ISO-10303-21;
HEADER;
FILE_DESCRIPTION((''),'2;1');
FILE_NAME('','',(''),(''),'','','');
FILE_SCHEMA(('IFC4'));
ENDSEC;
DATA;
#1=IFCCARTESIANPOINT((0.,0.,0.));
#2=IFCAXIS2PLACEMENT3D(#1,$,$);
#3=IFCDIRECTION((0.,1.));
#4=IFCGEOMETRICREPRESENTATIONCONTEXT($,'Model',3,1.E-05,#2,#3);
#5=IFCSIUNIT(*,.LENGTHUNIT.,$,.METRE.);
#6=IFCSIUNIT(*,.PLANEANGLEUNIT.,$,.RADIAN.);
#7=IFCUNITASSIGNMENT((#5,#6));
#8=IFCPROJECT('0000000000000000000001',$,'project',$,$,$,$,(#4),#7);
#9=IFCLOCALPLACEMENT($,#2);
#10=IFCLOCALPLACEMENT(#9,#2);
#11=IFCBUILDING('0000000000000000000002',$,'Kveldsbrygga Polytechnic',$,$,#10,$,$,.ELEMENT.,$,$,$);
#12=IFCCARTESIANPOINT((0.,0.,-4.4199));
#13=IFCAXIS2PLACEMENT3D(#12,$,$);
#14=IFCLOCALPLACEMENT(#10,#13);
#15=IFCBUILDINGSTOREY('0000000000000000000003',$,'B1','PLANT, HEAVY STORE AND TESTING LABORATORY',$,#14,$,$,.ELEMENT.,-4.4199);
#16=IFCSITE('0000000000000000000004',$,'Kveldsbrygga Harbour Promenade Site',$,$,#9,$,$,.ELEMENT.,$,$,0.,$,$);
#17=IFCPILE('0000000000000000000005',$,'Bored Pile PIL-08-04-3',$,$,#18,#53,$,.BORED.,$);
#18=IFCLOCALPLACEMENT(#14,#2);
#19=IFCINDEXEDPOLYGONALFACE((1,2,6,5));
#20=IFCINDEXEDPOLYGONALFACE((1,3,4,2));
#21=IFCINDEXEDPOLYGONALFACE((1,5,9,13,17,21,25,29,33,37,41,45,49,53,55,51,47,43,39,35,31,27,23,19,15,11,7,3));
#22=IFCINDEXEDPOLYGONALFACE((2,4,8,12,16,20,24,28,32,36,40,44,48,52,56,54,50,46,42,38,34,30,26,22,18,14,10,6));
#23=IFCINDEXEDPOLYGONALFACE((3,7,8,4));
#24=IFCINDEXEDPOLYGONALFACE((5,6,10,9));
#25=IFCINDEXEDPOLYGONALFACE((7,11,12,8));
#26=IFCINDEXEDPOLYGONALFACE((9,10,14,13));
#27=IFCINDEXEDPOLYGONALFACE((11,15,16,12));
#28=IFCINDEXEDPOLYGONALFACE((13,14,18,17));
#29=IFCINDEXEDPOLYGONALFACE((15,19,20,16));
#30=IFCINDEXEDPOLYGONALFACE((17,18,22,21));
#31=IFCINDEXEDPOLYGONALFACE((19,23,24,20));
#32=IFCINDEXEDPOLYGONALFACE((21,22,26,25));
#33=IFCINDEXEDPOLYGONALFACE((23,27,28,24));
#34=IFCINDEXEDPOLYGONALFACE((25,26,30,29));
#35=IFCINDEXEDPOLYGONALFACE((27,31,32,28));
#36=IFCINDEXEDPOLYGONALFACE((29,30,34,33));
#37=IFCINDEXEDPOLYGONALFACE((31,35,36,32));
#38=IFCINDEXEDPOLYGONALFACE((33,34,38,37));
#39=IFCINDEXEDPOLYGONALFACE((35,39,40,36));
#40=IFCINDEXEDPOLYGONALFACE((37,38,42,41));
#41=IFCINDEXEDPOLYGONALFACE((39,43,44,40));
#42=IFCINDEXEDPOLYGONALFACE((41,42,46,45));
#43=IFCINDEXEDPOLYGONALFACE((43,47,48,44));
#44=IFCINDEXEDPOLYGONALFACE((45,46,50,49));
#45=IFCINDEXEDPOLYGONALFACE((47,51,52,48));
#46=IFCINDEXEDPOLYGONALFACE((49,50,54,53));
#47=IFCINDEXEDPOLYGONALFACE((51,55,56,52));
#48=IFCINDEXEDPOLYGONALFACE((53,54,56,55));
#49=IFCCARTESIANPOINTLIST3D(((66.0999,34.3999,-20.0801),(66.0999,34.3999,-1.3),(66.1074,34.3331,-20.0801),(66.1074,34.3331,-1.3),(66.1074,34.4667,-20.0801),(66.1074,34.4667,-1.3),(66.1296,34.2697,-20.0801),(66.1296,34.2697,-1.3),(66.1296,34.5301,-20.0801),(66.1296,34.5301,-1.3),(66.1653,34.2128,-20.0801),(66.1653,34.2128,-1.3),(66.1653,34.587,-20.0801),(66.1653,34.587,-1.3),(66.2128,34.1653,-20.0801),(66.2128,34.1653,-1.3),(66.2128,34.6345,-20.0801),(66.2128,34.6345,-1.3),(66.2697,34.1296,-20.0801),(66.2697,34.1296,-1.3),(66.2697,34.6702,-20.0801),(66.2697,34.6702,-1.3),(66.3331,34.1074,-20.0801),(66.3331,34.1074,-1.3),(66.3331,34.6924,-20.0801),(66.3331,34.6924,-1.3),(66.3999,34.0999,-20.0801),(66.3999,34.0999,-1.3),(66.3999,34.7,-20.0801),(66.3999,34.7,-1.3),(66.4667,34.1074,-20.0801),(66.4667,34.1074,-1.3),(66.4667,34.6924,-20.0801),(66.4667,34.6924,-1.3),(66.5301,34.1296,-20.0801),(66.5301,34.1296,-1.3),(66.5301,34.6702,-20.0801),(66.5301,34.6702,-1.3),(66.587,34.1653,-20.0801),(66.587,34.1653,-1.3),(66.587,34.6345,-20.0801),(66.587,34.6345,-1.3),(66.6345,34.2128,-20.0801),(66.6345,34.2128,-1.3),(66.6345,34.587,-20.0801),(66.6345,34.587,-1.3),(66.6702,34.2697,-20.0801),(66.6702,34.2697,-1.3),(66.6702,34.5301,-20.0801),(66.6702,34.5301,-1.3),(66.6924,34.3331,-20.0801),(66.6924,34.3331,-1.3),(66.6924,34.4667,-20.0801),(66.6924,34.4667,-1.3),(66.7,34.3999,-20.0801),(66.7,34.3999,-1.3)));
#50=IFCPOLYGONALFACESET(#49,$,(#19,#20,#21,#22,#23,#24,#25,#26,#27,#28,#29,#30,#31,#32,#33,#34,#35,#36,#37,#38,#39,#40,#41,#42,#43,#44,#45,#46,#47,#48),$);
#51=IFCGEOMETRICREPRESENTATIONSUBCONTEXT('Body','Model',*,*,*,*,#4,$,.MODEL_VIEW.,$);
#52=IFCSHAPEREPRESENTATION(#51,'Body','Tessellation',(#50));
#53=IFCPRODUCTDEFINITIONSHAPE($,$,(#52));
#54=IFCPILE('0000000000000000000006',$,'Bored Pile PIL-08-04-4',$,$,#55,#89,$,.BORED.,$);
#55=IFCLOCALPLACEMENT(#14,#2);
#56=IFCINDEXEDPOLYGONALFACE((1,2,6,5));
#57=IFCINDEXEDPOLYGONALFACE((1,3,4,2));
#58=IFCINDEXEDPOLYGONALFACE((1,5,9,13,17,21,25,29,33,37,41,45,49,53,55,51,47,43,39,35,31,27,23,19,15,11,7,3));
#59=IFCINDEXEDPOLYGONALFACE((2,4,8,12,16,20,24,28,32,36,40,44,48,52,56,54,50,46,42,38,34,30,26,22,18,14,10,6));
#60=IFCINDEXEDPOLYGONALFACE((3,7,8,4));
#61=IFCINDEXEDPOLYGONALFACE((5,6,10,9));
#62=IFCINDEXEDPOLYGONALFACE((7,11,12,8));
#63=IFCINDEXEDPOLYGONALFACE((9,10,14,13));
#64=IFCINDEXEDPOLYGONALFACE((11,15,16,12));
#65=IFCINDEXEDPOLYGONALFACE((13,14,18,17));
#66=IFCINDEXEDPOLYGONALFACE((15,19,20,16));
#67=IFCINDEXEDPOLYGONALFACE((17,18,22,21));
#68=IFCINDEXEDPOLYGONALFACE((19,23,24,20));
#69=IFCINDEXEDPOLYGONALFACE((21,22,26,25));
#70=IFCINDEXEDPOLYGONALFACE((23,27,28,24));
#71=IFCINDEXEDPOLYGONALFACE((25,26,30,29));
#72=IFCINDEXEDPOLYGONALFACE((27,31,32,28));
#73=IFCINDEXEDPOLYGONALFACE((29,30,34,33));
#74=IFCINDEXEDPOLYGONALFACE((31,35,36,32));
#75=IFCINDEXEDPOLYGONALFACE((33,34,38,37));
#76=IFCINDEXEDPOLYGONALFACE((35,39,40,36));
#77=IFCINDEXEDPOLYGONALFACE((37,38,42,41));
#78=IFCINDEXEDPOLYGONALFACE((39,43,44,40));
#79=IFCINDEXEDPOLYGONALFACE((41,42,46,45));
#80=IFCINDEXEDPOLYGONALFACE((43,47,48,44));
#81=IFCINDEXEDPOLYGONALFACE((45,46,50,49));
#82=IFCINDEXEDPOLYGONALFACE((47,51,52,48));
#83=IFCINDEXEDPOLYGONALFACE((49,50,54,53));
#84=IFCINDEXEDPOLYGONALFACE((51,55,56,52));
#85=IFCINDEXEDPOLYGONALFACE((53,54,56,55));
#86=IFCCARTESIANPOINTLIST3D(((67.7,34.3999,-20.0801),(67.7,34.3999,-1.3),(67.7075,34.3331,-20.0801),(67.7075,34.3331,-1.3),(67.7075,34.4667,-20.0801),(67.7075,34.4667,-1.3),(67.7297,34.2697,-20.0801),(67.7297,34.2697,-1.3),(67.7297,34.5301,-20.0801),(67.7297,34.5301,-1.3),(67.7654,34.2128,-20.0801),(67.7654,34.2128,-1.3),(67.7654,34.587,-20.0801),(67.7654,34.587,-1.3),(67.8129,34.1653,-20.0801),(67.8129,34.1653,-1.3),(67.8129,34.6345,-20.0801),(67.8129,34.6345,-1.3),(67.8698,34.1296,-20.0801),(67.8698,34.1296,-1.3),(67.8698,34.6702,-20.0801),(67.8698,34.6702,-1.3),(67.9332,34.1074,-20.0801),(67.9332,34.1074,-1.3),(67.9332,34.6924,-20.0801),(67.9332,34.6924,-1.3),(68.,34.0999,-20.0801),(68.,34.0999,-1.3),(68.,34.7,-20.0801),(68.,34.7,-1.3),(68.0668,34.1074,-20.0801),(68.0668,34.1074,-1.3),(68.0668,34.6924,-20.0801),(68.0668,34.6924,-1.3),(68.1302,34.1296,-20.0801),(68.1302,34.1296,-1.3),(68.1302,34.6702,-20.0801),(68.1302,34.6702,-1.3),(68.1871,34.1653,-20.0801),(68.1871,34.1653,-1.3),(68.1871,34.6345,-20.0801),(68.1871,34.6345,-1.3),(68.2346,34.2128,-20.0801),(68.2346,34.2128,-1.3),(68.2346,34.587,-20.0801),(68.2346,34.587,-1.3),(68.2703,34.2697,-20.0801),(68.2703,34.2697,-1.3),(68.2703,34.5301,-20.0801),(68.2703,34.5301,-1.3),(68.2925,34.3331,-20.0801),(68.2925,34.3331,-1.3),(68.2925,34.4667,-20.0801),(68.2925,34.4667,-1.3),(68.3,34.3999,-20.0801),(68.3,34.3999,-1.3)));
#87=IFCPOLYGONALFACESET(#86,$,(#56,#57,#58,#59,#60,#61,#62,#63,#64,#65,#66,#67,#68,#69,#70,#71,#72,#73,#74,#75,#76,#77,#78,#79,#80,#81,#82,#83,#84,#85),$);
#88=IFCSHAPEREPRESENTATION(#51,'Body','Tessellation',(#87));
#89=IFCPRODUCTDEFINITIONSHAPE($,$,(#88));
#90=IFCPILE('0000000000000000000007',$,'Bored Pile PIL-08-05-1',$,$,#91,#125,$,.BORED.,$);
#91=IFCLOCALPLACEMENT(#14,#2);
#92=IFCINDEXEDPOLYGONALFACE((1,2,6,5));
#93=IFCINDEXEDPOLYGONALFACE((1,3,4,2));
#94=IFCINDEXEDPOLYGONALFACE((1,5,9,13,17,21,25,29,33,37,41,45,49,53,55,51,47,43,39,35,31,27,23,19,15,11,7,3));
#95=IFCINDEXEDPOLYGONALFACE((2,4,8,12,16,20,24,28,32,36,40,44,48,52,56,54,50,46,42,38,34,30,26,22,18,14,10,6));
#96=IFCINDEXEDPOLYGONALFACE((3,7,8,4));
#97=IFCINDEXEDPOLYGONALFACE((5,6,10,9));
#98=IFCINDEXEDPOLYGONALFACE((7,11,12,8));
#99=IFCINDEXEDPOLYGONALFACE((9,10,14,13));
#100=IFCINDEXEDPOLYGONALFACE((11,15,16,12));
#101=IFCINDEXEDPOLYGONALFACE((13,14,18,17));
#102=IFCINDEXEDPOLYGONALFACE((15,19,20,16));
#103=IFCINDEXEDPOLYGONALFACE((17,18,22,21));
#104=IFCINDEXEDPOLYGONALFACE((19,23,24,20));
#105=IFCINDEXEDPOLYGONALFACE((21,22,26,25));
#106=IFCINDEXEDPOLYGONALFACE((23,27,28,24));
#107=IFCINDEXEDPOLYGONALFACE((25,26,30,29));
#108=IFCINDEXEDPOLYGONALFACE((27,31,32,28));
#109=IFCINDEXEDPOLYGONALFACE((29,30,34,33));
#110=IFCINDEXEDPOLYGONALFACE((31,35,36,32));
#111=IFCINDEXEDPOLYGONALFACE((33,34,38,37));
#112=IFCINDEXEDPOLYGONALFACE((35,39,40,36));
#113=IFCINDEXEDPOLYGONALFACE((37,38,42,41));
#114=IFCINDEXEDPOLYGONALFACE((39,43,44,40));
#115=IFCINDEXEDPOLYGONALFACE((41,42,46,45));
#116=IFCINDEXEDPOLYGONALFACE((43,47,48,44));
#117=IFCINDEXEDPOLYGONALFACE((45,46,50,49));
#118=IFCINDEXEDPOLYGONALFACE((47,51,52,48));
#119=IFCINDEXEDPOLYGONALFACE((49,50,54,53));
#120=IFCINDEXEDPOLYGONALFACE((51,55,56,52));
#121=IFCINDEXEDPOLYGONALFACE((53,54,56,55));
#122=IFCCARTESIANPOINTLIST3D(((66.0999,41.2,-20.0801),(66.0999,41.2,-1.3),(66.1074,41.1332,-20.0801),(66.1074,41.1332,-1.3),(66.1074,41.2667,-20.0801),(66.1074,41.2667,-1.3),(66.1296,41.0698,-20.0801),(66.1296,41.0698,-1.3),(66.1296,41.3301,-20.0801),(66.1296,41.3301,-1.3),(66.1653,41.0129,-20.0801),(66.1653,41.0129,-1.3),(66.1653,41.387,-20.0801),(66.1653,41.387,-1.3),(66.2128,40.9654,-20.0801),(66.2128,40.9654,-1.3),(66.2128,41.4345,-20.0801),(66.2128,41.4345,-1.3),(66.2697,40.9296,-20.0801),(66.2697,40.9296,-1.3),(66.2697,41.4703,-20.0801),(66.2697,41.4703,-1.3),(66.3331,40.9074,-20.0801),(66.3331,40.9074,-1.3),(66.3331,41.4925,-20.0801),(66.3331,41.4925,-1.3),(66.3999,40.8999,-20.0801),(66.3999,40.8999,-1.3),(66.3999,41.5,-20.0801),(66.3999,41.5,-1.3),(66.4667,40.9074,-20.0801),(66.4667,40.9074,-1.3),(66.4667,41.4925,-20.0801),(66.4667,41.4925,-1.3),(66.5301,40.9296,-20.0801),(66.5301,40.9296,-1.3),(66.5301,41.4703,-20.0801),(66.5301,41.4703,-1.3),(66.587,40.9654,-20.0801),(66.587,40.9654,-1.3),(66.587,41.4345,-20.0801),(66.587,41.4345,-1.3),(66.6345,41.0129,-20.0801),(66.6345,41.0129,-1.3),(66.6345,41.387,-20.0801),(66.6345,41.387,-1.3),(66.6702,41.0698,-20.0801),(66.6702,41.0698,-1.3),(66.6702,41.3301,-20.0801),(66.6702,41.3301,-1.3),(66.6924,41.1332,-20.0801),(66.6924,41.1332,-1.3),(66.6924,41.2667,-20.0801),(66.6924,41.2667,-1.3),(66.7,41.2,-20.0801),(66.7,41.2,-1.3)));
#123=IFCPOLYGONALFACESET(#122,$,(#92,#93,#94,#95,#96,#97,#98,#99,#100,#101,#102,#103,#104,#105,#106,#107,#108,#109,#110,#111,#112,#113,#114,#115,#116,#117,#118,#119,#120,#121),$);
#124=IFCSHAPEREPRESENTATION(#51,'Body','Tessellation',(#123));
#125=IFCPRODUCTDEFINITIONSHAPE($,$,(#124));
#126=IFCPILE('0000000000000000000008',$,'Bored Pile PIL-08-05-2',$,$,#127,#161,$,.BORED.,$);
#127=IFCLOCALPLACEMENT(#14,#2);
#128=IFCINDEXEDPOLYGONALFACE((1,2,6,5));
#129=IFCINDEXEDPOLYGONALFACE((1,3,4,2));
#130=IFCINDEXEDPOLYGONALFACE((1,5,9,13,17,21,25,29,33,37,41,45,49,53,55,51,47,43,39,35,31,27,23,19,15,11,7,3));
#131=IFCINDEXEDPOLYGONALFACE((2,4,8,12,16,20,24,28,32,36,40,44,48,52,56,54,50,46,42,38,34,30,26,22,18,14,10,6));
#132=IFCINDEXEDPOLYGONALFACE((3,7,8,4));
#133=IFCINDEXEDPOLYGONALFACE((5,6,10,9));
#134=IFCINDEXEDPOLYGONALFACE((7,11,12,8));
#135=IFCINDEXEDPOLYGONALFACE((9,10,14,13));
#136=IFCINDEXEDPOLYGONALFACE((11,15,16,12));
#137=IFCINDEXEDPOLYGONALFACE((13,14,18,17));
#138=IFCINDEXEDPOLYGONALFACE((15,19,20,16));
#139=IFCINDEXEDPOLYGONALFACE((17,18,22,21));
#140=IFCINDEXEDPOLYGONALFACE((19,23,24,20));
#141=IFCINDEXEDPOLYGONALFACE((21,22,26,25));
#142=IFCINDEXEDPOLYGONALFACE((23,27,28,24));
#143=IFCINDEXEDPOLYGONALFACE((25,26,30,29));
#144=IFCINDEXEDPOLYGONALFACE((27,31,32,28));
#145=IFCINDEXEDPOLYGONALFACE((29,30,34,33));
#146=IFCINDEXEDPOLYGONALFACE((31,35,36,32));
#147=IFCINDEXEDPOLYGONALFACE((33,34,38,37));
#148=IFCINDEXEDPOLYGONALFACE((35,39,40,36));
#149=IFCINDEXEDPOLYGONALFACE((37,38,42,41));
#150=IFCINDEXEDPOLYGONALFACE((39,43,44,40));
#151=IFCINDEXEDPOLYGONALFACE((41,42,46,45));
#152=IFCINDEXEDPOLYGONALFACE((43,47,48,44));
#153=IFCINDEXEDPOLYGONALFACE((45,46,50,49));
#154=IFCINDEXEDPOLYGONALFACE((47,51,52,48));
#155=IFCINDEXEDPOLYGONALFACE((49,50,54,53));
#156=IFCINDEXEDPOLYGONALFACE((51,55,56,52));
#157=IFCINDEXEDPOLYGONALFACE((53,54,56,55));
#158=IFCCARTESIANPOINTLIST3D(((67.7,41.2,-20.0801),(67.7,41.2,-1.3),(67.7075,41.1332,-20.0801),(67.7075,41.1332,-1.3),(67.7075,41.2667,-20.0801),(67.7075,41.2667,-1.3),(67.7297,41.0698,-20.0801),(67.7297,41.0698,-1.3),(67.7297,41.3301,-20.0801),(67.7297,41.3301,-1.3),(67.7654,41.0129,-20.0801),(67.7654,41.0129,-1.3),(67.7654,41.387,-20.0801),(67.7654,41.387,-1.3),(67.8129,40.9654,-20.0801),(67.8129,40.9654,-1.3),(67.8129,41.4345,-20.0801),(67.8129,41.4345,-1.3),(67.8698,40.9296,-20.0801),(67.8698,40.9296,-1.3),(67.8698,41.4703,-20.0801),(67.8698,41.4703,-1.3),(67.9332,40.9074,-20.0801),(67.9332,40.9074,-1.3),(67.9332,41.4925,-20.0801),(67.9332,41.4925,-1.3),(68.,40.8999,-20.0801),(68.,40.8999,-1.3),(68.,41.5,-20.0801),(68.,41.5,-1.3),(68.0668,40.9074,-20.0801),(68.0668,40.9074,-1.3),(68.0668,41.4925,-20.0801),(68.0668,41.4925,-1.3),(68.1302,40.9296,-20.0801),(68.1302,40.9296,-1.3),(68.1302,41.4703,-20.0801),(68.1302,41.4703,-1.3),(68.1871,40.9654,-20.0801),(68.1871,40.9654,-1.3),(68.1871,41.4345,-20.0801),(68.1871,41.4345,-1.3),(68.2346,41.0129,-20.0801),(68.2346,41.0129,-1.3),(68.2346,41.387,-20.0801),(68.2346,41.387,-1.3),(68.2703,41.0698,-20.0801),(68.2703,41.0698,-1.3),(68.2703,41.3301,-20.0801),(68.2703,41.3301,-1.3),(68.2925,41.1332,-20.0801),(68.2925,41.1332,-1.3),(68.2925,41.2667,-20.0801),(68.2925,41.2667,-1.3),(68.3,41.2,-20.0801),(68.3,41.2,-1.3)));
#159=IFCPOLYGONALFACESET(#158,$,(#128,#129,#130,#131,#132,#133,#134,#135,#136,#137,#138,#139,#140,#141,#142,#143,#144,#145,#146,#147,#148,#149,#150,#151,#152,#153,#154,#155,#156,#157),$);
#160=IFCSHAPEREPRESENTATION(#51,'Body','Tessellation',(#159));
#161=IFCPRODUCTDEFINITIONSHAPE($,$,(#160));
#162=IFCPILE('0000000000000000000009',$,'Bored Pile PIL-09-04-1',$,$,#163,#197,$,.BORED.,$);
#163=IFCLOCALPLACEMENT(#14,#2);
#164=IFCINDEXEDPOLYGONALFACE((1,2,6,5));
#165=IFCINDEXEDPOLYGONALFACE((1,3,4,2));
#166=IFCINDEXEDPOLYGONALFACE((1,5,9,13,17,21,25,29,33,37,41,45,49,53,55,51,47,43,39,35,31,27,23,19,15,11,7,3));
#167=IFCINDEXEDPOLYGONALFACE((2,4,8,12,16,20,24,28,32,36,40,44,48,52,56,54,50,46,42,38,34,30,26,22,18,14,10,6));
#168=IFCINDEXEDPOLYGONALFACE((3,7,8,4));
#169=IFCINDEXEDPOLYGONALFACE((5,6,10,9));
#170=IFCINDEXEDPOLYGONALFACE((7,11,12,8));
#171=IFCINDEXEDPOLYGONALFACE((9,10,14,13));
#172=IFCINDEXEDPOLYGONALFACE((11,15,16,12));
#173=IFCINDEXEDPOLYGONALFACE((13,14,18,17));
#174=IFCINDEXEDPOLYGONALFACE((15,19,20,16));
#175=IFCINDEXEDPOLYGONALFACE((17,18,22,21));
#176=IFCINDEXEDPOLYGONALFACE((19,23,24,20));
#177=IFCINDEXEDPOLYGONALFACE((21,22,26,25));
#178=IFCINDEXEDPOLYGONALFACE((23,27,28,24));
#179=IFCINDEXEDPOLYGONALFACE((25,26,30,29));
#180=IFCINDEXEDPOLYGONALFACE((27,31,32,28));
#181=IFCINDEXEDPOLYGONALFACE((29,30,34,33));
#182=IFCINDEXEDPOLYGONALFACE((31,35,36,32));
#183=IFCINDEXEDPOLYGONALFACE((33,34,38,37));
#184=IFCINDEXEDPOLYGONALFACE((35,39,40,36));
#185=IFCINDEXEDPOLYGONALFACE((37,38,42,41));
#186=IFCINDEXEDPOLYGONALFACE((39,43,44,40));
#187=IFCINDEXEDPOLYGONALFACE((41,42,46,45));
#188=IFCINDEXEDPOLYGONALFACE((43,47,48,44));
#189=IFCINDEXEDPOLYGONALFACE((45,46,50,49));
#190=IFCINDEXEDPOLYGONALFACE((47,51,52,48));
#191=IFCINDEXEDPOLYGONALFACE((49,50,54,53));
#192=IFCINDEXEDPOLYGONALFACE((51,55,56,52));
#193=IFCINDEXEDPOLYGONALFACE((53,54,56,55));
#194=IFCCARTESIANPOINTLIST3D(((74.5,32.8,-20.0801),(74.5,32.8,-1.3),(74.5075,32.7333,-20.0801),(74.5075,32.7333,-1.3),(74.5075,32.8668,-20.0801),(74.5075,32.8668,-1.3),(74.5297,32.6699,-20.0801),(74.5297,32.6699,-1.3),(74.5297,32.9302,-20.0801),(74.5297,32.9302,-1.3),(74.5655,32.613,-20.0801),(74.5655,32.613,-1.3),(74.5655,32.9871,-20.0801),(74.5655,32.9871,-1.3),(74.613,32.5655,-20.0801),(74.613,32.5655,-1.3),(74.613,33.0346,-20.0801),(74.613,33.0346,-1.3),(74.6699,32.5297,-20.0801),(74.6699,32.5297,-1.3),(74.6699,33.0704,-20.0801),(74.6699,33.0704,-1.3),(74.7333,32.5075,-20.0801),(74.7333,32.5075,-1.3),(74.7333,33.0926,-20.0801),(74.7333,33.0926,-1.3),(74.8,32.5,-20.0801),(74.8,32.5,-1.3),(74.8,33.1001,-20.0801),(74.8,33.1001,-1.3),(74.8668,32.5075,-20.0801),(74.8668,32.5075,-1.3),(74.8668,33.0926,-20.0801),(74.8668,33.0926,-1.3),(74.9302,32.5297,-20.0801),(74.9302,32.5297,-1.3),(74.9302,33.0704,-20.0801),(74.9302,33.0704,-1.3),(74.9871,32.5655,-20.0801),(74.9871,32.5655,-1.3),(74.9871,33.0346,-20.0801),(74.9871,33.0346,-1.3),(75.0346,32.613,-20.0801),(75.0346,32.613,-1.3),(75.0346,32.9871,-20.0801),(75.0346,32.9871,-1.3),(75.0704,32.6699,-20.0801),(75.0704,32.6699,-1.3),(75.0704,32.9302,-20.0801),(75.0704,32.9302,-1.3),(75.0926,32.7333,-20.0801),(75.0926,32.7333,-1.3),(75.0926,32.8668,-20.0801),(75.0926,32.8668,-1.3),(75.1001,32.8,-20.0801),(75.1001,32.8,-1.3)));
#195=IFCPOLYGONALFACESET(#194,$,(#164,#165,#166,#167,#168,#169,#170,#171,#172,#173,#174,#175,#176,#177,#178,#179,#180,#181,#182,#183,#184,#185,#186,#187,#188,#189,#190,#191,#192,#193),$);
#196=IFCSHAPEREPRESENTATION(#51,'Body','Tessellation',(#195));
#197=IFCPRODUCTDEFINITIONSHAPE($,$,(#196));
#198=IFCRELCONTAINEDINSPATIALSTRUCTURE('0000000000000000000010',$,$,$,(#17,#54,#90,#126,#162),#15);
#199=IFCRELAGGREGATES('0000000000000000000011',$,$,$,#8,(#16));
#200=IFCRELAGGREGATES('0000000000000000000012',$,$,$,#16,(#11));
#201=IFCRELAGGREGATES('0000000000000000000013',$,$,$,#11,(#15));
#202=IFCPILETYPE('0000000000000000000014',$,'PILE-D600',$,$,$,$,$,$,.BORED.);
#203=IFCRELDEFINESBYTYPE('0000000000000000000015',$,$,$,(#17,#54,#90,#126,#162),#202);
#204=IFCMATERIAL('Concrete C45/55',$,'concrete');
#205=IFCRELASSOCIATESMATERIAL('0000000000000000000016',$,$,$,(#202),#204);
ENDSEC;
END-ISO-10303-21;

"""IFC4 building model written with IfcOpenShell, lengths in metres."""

from ifc_helpers import new_model, si_unit, direction, frame, origin, origin_2d, place, context, subcontext, project, spatial, circle, extrude, material, material_profile, profile_set, type_object, element, save


model = new_model("IFC4")

# Units and contexts
model_context = context("Model", 3, precision=1e-05, world=origin(), true_north=direction((0.0, 1.0)))
body_context = subcontext(model_context, "Body", "Model", "MODEL_VIEW")
ifc_project = project(units=[si_unit("LENGTHUNIT", "METRE"), si_unit("PLANEANGLEUNIT", "RADIAN")], contexts=[model_context])

# Site, building, storey
site_placement = place(None, origin())
site = spatial("IfcSite", under=ifc_project, at=site_placement, Name="Kveldsbrygga Harbour Promenade Site", CompositionType="ELEMENT", RefElevation=0.0)
building_placement = place(site_placement, origin())
building = spatial("IfcBuilding", under=site, at=building_placement, Name="Kveldsbrygga Polytechnic", CompositionType="ELEMENT")
storey_placement = place(building_placement, frame((0.0, 0.0, -4.4199)))
storey = spatial("IfcBuildingStorey", under=building, at=storey_placement, Name="B1", Description="PLANT, HEAVY STORE AND TESTING LABORATORY", CompositionType="ELEMENT", Elevation=-4.4199)

# Shared definitions
ifc_material_1 = material(Name="Concrete C45/55", Category="concrete")

# Piles
ifc_material_profile_1 = material_profile(ifc_material_1, circle(Radius=0.3, at=origin_2d()), Name="PILE D600")
ifc_profile_set_1 = profile_set([ifc_material_profile_1], Name="Concrete C45/55")
pile_type_1 = type_object("IfcPileType", Name="PILE-D600", PredefinedType="BORED", material=ifc_profile_set_1)
for number, where, z_axis, x_axis, name in (
    (1, (66.3999, 34.3999, -1.3), (0.0, 0.0, -1.0), (1.0, 0.0, 0.0), "Bored Pile PIL-08-04-3"),
    (2, (68.0, 34.3999, -1.3), (0.0, 0.0, -1.0), (1.0, 0.0, 0.0), "Bored Pile PIL-08-04-4"),
    (3, (66.3999, 41.2, -1.3), (0.0, 0.0, -1.0), (1.0, 0.0, 0.0), "Bored Pile PIL-08-05-1"),
    (4, (68.0, 41.2, -1.3), (0.0, 0.0, -1.0), (1.0, 0.0, 0.0), "Bored Pile PIL-08-05-2"),
    (5, (74.8, 32.8, -1.3), (0.0, 0.0, -1.0), (1.0, 0.0, 0.0), "Bored Pile PIL-09-04-1"),
):
    element("IfcPile", number, at=place(storey_placement, frame(where, z_axis=z_axis, x_axis=x_axis)), inside=storey, type_object=pile_type_1, Name=name, PredefinedType="BORED", context=body_context, shape_type="SweptSolid", body=[
        extrude(circle(Radius=0.3, at=origin_2d()), origin(), (0.0, 0.0, 1.0), 18.78),
    ])

save(model, "model.ifc")
